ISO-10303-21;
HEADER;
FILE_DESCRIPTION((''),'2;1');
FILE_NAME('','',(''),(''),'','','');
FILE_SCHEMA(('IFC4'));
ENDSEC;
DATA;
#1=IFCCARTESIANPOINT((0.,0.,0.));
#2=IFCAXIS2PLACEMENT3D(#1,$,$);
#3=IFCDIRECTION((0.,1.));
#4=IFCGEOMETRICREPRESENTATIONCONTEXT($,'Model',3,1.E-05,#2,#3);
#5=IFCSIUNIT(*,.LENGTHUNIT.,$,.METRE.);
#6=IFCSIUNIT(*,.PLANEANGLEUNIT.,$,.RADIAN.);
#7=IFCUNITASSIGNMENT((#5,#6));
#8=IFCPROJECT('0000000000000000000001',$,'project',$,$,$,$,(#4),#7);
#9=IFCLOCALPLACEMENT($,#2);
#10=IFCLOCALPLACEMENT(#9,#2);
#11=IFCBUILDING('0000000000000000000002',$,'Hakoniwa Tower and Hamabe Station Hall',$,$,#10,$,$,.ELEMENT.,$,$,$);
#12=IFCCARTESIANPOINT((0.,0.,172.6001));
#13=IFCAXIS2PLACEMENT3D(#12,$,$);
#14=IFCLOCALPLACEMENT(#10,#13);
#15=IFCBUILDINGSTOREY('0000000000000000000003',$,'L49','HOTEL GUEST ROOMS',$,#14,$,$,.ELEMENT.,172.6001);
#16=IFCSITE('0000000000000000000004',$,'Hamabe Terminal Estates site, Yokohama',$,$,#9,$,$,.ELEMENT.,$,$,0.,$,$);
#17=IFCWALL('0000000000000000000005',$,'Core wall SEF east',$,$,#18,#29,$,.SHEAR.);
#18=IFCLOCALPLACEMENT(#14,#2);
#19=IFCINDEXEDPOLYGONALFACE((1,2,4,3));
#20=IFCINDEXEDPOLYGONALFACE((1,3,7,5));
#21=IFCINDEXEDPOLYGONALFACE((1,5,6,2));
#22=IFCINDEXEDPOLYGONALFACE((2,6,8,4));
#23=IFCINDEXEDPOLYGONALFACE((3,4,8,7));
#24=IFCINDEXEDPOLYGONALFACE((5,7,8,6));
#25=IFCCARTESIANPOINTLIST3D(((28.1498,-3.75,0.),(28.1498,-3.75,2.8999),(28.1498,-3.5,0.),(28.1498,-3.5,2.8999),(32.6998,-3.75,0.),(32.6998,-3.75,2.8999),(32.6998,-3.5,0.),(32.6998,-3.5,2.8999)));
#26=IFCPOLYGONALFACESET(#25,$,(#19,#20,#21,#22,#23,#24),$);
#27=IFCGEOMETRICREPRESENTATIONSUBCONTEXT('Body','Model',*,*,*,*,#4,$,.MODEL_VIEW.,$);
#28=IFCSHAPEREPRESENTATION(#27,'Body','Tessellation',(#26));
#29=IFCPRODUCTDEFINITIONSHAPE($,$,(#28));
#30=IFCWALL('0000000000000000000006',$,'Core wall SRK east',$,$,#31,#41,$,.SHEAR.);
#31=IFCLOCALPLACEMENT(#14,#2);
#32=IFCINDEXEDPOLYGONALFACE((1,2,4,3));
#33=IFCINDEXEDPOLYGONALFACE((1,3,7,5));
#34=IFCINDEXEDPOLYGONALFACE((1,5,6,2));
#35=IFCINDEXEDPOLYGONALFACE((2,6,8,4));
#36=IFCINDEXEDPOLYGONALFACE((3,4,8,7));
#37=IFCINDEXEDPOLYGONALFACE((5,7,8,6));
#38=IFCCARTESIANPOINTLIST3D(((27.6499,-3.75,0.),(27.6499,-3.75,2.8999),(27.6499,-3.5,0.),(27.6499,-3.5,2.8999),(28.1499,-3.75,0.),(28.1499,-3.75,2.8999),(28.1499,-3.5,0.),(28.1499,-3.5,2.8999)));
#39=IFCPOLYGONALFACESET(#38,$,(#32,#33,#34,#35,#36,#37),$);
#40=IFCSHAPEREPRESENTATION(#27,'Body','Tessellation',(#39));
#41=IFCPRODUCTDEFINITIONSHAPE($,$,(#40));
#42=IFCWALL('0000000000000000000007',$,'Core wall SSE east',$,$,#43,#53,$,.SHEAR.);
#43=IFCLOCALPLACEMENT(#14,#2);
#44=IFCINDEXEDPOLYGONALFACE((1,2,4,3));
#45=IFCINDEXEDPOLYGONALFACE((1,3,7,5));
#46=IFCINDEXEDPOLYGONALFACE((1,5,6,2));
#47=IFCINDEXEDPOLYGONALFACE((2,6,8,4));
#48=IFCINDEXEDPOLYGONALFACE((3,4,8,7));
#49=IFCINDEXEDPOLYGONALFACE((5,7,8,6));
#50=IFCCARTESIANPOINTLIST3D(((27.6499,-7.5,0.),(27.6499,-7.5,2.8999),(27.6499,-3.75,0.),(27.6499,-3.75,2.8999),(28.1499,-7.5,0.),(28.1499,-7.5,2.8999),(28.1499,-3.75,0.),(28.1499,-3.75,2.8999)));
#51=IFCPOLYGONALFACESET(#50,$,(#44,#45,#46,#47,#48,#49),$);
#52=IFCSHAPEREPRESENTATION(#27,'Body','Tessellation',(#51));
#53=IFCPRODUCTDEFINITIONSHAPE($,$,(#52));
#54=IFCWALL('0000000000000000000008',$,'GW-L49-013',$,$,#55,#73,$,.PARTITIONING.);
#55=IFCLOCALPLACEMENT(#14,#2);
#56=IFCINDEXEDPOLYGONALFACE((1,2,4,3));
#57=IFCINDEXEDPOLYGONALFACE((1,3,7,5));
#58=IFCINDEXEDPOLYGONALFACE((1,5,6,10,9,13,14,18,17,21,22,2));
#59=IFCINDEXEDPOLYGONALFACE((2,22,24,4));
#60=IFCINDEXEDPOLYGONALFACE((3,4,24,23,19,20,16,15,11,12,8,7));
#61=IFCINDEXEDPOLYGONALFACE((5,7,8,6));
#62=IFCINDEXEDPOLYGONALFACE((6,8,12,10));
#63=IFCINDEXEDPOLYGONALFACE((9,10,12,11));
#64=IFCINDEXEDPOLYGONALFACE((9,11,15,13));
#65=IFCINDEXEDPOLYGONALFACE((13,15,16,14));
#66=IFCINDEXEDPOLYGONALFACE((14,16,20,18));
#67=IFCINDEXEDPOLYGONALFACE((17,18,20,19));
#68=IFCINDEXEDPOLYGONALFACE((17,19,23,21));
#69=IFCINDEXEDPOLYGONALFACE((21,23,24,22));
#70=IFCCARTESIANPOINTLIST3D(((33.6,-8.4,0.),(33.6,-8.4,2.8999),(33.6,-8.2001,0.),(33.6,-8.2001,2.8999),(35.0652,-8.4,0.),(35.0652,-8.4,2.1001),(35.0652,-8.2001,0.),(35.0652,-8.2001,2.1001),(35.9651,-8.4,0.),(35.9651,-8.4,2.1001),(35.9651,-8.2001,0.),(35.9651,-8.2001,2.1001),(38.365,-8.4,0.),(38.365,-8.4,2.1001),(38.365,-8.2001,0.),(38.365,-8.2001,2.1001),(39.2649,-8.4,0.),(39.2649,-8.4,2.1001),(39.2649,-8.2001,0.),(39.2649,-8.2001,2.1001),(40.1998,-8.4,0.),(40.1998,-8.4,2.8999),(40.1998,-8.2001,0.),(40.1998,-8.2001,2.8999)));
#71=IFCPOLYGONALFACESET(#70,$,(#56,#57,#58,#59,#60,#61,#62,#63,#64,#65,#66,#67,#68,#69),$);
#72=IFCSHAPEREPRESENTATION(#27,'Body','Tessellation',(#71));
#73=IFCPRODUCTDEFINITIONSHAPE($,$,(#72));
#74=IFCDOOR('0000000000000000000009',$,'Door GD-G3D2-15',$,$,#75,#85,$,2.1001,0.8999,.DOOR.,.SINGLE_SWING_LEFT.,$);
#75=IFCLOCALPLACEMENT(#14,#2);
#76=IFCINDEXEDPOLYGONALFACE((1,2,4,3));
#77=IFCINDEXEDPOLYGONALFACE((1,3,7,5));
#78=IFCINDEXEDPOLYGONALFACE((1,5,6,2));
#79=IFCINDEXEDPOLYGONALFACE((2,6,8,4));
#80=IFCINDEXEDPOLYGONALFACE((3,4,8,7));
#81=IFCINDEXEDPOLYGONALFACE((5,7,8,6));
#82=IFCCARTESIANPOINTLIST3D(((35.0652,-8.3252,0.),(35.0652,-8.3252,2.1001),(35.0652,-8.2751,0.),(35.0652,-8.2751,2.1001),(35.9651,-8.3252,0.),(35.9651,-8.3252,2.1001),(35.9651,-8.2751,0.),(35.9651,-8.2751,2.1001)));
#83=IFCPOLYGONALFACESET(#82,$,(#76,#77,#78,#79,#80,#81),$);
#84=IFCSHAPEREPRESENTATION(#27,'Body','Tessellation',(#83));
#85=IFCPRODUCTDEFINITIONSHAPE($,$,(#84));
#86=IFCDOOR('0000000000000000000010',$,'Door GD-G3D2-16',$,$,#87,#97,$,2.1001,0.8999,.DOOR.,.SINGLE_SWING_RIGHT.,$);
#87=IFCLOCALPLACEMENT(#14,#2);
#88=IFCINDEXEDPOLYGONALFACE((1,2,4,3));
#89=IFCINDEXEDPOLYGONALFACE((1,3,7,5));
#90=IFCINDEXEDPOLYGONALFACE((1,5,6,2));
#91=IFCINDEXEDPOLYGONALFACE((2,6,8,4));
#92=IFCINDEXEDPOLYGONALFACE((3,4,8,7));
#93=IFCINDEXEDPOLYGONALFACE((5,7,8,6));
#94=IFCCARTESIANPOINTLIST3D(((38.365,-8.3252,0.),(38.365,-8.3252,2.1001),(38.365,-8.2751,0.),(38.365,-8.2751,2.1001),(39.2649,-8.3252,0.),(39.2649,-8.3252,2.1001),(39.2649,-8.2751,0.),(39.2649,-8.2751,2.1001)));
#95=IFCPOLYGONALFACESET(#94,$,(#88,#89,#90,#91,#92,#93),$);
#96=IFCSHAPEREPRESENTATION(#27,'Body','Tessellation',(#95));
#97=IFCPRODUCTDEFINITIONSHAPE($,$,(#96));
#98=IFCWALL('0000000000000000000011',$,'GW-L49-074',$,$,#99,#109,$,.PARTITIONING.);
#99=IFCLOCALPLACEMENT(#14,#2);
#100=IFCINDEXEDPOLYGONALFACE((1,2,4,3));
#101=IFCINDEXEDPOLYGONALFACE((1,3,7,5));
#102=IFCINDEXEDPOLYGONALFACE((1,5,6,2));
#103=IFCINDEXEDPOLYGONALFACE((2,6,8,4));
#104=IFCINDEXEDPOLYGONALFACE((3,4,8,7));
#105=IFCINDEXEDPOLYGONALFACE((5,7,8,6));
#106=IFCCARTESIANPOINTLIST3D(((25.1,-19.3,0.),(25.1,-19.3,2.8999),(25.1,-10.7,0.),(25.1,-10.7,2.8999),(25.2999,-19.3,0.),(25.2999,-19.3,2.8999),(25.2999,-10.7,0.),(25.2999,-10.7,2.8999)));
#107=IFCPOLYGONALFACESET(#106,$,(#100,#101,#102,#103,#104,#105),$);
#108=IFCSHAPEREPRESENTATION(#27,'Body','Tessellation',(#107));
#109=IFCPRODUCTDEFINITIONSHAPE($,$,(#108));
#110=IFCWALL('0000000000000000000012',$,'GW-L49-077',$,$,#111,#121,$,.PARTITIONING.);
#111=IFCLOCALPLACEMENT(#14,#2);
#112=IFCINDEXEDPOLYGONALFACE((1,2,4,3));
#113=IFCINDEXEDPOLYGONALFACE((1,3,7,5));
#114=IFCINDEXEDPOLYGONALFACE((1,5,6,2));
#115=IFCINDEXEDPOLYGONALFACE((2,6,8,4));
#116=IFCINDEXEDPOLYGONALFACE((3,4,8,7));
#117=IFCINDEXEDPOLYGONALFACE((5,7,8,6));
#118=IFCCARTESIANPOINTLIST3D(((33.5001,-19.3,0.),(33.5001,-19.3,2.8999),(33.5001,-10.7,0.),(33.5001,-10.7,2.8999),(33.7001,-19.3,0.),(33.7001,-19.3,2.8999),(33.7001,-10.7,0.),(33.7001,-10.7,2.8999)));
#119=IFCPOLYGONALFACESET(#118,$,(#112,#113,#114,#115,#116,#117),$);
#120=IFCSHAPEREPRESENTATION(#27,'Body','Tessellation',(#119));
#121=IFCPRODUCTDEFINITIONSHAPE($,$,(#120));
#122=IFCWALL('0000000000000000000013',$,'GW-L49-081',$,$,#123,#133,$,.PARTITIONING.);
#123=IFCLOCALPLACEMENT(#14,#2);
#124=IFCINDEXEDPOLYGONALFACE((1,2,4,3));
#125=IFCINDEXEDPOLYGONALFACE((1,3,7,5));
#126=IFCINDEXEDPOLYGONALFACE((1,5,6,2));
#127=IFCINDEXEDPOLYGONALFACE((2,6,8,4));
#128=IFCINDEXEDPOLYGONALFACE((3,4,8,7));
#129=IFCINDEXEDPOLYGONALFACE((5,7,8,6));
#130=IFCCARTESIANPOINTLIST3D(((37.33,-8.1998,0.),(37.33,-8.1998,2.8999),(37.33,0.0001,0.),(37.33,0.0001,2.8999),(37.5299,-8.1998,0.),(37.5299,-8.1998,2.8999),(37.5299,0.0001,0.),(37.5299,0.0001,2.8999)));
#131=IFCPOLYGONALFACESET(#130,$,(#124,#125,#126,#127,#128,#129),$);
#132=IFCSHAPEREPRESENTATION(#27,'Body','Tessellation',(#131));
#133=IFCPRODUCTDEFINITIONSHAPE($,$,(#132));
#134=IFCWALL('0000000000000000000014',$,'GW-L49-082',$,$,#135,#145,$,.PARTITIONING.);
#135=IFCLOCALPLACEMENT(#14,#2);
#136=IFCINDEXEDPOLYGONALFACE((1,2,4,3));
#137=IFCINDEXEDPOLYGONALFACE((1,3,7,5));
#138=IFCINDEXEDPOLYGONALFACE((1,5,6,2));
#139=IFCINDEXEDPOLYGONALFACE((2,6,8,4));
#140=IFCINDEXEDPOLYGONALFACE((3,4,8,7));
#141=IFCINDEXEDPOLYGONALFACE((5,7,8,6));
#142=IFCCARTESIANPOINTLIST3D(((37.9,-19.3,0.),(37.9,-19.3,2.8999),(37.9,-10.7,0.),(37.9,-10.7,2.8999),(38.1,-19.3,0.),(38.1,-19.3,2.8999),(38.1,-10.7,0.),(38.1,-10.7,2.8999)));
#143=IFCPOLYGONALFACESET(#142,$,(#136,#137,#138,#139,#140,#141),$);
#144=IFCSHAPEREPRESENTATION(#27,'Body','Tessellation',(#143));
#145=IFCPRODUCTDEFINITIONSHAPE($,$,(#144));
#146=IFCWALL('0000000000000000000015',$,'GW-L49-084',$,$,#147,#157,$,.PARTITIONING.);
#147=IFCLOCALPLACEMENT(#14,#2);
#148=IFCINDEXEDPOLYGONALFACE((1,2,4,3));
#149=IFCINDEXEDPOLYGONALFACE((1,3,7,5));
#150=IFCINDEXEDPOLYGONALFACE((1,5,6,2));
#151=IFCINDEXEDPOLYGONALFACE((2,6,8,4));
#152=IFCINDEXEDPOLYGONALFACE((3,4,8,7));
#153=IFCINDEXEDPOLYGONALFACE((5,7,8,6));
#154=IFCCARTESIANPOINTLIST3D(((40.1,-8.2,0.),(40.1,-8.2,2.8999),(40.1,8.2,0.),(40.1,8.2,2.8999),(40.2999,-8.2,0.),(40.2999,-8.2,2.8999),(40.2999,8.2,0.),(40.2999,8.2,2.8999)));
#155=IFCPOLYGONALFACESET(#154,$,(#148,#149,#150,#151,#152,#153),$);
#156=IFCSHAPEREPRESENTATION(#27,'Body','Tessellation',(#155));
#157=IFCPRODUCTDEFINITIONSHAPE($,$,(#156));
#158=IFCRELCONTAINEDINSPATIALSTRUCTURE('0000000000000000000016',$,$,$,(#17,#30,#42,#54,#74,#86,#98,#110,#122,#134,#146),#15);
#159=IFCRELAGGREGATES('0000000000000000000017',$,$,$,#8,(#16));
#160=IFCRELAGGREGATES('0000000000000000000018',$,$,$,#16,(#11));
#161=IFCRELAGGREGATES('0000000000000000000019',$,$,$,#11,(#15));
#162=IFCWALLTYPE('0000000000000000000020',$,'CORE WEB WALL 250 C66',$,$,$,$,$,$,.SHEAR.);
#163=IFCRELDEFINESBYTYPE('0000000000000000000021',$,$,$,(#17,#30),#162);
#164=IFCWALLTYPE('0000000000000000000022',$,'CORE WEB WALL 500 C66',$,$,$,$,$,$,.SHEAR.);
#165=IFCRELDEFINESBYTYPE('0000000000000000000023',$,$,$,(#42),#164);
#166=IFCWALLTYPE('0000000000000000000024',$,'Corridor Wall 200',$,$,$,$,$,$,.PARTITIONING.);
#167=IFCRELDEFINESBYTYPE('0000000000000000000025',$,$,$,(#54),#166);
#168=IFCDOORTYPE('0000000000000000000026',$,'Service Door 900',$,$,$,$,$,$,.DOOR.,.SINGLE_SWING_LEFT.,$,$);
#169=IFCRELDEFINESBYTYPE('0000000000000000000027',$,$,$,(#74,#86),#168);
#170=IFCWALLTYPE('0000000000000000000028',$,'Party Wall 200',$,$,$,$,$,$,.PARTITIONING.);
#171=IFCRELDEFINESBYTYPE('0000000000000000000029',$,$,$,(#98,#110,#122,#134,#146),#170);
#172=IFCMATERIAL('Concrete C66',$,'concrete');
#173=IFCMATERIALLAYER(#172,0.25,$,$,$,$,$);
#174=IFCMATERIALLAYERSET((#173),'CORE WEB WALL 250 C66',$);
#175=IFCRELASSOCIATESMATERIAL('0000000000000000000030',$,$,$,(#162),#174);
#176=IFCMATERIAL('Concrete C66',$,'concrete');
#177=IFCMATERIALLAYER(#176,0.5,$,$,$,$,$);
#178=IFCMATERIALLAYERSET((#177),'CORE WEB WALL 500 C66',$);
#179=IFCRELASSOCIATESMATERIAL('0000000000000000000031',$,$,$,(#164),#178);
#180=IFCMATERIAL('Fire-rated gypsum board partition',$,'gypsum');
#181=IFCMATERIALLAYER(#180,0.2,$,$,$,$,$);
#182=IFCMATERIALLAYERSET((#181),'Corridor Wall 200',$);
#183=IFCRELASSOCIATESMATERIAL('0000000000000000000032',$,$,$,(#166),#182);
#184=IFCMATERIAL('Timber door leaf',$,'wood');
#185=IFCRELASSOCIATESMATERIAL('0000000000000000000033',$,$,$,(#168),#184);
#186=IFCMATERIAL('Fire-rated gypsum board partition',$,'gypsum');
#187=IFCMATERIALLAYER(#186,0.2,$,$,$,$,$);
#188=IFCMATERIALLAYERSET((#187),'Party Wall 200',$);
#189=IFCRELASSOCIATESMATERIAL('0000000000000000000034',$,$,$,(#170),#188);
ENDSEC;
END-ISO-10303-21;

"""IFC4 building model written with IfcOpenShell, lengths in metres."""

from ifc_helpers import new_model, si_unit, direction, frame, frame_2d, origin, place, context, subcontext, project, spatial, rectangle, extrude, material, layer, layer_set, type_object, element, fill, save


model = new_model("IFC4")

# Units and contexts
model_context = context("Model", 3, precision=1e-05, world=origin(), true_north=direction((0.0, 1.0)))
body_context = subcontext(model_context, "Body", "Model", "MODEL_VIEW")
ifc_project = project(units=[si_unit("LENGTHUNIT", "METRE"), si_unit("PLANEANGLEUNIT", "RADIAN")], contexts=[model_context])

# Site, building, storey
site_placement = place(None, origin())
site = spatial("IfcSite", under=ifc_project, at=site_placement, Name="Hamabe Terminal Estates site, Yokohama", CompositionType="ELEMENT", RefElevation=0.0)
building_placement = place(site_placement, origin())
building = spatial("IfcBuilding", under=site, at=building_placement, Name="Hakoniwa Tower and Hamabe Station Hall", CompositionType="ELEMENT")
storey_placement = place(building_placement, frame((0.0, 0.0, 172.6001)))
storey = spatial("IfcBuildingStorey", under=building, at=storey_placement, Name="L49", Description="HOTEL GUEST ROOMS", CompositionType="ELEMENT", Elevation=172.6001)

# Walls
ifc_material_1 = material(Name="Concrete C66", Category="concrete")
ifc_layer_1 = layer(ifc_material_1, 0.25)
ifc_layer_set_1 = layer_set([ifc_layer_1], Name="CORE WEB WALL 250 C66")
wall_type_1 = type_object("IfcWallType", Name="CORE WEB WALL 250 C66", PredefinedType="SHEAR", material=ifc_layer_set_1)
wall_1_placement = place(storey_placement, frame((28.1499, -3.625, 0.0), z_axis=(0.0, 0.0, 1.0), x_axis=(1.0, 0.0, 0.0)))
element("IfcWall", 1, at=wall_1_placement, inside=storey, type_object=wall_type_1, Name="Core wall SEF east", PredefinedType="SHEAR", context=body_context, shape_type="SweptSolid", body=[
    extrude(rectangle(XDim=4.55, YDim=0.25, at=frame_2d((2.2749, 0.0))), origin(), (0.0, 0.0, 1.0), 2.8999),
])
wall_2_placement = place(storey_placement, frame((27.6499, -3.625, 0.0), z_axis=(0.0, 0.0, 1.0), x_axis=(1.0, 0.0, 0.0)))
element("IfcWall", 2, at=wall_2_placement, inside=storey, type_object=wall_type_1, Name="Core wall SRK east", PredefinedType="SHEAR", context=body_context, shape_type="SweptSolid", body=[
    extrude(rectangle(XDim=0.5, YDim=0.25, at=frame_2d((0.25, 0.0))), origin(), (0.0, 0.0, 1.0), 2.8999),
])
ifc_material_2 = material(Name="Concrete C66", Category="concrete")
ifc_layer_2 = layer(ifc_material_2, 0.5)
ifc_layer_set_2 = layer_set([ifc_layer_2], Name="CORE WEB WALL 500 C66")
wall_type_2 = type_object("IfcWallType", Name="CORE WEB WALL 500 C66", PredefinedType="SHEAR", material=ifc_layer_set_2)
wall_3_placement = place(storey_placement, frame((27.8999, -7.5, 0.0), z_axis=(0.0, 0.0, 1.0), x_axis=(0.0, 1.0, 0.0)))
element("IfcWall", 3, at=wall_3_placement, inside=storey, type_object=wall_type_2, Name="Core wall SSE east", PredefinedType="SHEAR", context=body_context, shape_type="SweptSolid", body=[
    extrude(rectangle(XDim=3.75, YDim=0.5, at=frame_2d((1.875, 0.0))), origin(), (0.0, 0.0, 1.0), 2.8999),
])

# Wall, openings, doors
ifc_material_3 = material(Name="Fire-rated gypsum board partition", Category="gypsum")
ifc_layer_3 = layer(ifc_material_3, 0.2)
ifc_layer_set_3 = layer_set([ifc_layer_3], Name="Corridor Wall 200")
wall_type_3 = type_object("IfcWallType", Name="Corridor Wall 200", PredefinedType="PARTITIONING", material=ifc_layer_set_3)
wall_4_placement = place(storey_placement, frame((33.6001, -8.3, 0.0), z_axis=(0.0, 0.0, 1.0), x_axis=(1.0, 0.0, 0.0)))
wall_4 = element("IfcWall", 4, at=wall_4_placement, inside=storey, type_object=wall_type_3, Name="GW-L49-013", PredefinedType="PARTITIONING", context=body_context, shape_type="SweptSolid", body=[
    extrude(rectangle(XDim=6.5999, YDim=0.2, at=frame_2d((3.2998, 0.0))), origin(), (0.0, 0.0, 1.0), 2.8999),
])
opening_1_placement = place(wall_4_placement, frame((1.4651, 0.0, 0.0)))
opening_1 = element("IfcOpeningElement", 5, at=opening_1_placement, cuts=wall_4, PredefinedType="OPENING", context=body_context, shape_type="SweptSolid", body=[
    extrude(rectangle(XDim=0.8999, YDim=2.1001, at=frame_2d((0.45, 1.05))), frame((0.0, 0.1099, 0.0), z_axis=(0.0, -1.0, 0.0), x_axis=(1.0, 0.0, 0.0)), (0.0, 0.0, 1.0), 0.22),
])
opening_2_placement = place(wall_4_placement, frame((4.7649, 0.0, 0.0)))
opening_2 = element("IfcOpeningElement", 6, at=opening_2_placement, cuts=wall_4, PredefinedType="OPENING", context=body_context, shape_type="SweptSolid", body=[
    extrude(rectangle(XDim=0.8999, YDim=2.1001, at=frame_2d((0.45, 1.05))), frame((0.0, 0.1099, 0.0), z_axis=(0.0, -1.0, 0.0), x_axis=(1.0, 0.0, 0.0)), (0.0, 0.0, 1.0), 0.22),
])
ifc_material_4 = material(Name="Timber door leaf", Category="wood")
door_type_1 = type_object("IfcDoorType", Name="Service Door 900", OperationType="SINGLE_SWING_LEFT", PredefinedType="DOOR", material=ifc_material_4)
door_1_placement = place(opening_1_placement, origin())
door_1 = element("IfcDoor", 7, at=door_1_placement, inside=storey, type_object=door_type_1, Name="Door GD-G3D2-15", OperationType="SINGLE_SWING_LEFT", OverallHeight=2.1001, OverallWidth=0.8999, PredefinedType="DOOR", context=body_context, shape_type="SweptSolid", body=[
    extrude(rectangle(XDim=0.8999, YDim=2.1001, at=frame_2d((0.45, 1.05))), frame((0.0, 0.0249, 0.0), z_axis=(0.0, -1.0, 0.0), x_axis=(1.0, 0.0, 0.0)), (0.0, 0.0, 1.0), 0.05),
])
fill(opening_1, door_1)
door_2_placement = place(opening_2_placement, origin())
door_2 = element("IfcDoor", 8, at=door_2_placement, inside=storey, type_object=door_type_1, Name="Door GD-G3D2-16", OperationType="SINGLE_SWING_RIGHT", OverallHeight=2.1001, OverallWidth=0.8999, PredefinedType="DOOR", context=body_context, shape_type="SweptSolid", body=[
    extrude(rectangle(XDim=0.8999, YDim=2.1001, at=frame_2d((0.45, 1.05))), frame((0.0, 0.0249, 0.0), z_axis=(0.0, -1.0, 0.0), x_axis=(1.0, 0.0, 0.0)), (0.0, 0.0, 1.0), 0.05),
])
fill(opening_2, door_2)

# Walls
ifc_material_5 = material(Name="Fire-rated gypsum board partition", Category="gypsum")
ifc_layer_4 = layer(ifc_material_5, 0.2)
ifc_layer_set_4 = layer_set([ifc_layer_4], Name="Party Wall 200")
wall_type_4 = type_object("IfcWallType", Name="Party Wall 200", PredefinedType="PARTITIONING", material=ifc_layer_set_4)
for number, where, z_axis, x_axis, name in (
    (9, (25.2, -19.3, 0.0), (0.0, 0.0, 1.0), (0.0, 1.0, 0.0), "GW-L49-074"),
    (10, (33.6001, -19.3, 0.0), (0.0, 0.0, 1.0), (0.0, 1.0, 0.0), "GW-L49-077"),
):
    element("IfcWall", number, at=place(storey_placement, frame(where, z_axis=z_axis, x_axis=x_axis)), inside=storey, type_object=wall_type_4, Name=name, PredefinedType="PARTITIONING", context=body_context, shape_type="SweptSolid", body=[
        extrude(rectangle(XDim=8.6001, YDim=0.2, at=frame_2d((4.3, 0.0))), origin(), (0.0, 0.0, 1.0), 2.8999),
    ])
wall_5_placement = place(storey_placement, frame((37.4299, -8.2, 0.0), z_axis=(0.0, 0.0, 1.0), x_axis=(0.0, 1.0, 0.0)))
element("IfcWall", 11, at=wall_5_placement, inside=storey, type_object=wall_type_4, Name="GW-L49-081", PredefinedType="PARTITIONING", context=body_context, shape_type="SweptSolid", body=[
    extrude(rectangle(XDim=8.2, YDim=0.2, at=frame_2d((4.1001, 0.0))), origin(), (0.0, 0.0, 1.0), 2.8999),
])
wall_6_placement = place(storey_placement, frame((38.0, -19.3, 0.0), z_axis=(0.0, 0.0, 1.0), x_axis=(0.0, 1.0, 0.0)))
element("IfcWall", 12, at=wall_6_placement, inside=storey, type_object=wall_type_4, Name="GW-L49-082", PredefinedType="PARTITIONING", context=body_context, shape_type="SweptSolid", body=[
    extrude(rectangle(XDim=8.6001, YDim=0.2, at=frame_2d((4.3, 0.0))), origin(), (0.0, 0.0, 1.0), 2.8999),
])
wall_7_placement = place(storey_placement, frame((40.2, -8.2, 0.0), z_axis=(0.0, 0.0, 1.0), x_axis=(0.0, 1.0, 0.0)))
element("IfcWall", 13, at=wall_7_placement, inside=storey, type_object=wall_type_4, Name="GW-L49-084", PredefinedType="PARTITIONING", context=body_context, shape_type="SweptSolid", body=[
    extrude(rectangle(XDim=16.3999, YDim=0.2, at=frame_2d((8.2, 0.0))), origin(), (0.0, 0.0, 1.0), 2.8999),
])

save(model, "model.ifc")
